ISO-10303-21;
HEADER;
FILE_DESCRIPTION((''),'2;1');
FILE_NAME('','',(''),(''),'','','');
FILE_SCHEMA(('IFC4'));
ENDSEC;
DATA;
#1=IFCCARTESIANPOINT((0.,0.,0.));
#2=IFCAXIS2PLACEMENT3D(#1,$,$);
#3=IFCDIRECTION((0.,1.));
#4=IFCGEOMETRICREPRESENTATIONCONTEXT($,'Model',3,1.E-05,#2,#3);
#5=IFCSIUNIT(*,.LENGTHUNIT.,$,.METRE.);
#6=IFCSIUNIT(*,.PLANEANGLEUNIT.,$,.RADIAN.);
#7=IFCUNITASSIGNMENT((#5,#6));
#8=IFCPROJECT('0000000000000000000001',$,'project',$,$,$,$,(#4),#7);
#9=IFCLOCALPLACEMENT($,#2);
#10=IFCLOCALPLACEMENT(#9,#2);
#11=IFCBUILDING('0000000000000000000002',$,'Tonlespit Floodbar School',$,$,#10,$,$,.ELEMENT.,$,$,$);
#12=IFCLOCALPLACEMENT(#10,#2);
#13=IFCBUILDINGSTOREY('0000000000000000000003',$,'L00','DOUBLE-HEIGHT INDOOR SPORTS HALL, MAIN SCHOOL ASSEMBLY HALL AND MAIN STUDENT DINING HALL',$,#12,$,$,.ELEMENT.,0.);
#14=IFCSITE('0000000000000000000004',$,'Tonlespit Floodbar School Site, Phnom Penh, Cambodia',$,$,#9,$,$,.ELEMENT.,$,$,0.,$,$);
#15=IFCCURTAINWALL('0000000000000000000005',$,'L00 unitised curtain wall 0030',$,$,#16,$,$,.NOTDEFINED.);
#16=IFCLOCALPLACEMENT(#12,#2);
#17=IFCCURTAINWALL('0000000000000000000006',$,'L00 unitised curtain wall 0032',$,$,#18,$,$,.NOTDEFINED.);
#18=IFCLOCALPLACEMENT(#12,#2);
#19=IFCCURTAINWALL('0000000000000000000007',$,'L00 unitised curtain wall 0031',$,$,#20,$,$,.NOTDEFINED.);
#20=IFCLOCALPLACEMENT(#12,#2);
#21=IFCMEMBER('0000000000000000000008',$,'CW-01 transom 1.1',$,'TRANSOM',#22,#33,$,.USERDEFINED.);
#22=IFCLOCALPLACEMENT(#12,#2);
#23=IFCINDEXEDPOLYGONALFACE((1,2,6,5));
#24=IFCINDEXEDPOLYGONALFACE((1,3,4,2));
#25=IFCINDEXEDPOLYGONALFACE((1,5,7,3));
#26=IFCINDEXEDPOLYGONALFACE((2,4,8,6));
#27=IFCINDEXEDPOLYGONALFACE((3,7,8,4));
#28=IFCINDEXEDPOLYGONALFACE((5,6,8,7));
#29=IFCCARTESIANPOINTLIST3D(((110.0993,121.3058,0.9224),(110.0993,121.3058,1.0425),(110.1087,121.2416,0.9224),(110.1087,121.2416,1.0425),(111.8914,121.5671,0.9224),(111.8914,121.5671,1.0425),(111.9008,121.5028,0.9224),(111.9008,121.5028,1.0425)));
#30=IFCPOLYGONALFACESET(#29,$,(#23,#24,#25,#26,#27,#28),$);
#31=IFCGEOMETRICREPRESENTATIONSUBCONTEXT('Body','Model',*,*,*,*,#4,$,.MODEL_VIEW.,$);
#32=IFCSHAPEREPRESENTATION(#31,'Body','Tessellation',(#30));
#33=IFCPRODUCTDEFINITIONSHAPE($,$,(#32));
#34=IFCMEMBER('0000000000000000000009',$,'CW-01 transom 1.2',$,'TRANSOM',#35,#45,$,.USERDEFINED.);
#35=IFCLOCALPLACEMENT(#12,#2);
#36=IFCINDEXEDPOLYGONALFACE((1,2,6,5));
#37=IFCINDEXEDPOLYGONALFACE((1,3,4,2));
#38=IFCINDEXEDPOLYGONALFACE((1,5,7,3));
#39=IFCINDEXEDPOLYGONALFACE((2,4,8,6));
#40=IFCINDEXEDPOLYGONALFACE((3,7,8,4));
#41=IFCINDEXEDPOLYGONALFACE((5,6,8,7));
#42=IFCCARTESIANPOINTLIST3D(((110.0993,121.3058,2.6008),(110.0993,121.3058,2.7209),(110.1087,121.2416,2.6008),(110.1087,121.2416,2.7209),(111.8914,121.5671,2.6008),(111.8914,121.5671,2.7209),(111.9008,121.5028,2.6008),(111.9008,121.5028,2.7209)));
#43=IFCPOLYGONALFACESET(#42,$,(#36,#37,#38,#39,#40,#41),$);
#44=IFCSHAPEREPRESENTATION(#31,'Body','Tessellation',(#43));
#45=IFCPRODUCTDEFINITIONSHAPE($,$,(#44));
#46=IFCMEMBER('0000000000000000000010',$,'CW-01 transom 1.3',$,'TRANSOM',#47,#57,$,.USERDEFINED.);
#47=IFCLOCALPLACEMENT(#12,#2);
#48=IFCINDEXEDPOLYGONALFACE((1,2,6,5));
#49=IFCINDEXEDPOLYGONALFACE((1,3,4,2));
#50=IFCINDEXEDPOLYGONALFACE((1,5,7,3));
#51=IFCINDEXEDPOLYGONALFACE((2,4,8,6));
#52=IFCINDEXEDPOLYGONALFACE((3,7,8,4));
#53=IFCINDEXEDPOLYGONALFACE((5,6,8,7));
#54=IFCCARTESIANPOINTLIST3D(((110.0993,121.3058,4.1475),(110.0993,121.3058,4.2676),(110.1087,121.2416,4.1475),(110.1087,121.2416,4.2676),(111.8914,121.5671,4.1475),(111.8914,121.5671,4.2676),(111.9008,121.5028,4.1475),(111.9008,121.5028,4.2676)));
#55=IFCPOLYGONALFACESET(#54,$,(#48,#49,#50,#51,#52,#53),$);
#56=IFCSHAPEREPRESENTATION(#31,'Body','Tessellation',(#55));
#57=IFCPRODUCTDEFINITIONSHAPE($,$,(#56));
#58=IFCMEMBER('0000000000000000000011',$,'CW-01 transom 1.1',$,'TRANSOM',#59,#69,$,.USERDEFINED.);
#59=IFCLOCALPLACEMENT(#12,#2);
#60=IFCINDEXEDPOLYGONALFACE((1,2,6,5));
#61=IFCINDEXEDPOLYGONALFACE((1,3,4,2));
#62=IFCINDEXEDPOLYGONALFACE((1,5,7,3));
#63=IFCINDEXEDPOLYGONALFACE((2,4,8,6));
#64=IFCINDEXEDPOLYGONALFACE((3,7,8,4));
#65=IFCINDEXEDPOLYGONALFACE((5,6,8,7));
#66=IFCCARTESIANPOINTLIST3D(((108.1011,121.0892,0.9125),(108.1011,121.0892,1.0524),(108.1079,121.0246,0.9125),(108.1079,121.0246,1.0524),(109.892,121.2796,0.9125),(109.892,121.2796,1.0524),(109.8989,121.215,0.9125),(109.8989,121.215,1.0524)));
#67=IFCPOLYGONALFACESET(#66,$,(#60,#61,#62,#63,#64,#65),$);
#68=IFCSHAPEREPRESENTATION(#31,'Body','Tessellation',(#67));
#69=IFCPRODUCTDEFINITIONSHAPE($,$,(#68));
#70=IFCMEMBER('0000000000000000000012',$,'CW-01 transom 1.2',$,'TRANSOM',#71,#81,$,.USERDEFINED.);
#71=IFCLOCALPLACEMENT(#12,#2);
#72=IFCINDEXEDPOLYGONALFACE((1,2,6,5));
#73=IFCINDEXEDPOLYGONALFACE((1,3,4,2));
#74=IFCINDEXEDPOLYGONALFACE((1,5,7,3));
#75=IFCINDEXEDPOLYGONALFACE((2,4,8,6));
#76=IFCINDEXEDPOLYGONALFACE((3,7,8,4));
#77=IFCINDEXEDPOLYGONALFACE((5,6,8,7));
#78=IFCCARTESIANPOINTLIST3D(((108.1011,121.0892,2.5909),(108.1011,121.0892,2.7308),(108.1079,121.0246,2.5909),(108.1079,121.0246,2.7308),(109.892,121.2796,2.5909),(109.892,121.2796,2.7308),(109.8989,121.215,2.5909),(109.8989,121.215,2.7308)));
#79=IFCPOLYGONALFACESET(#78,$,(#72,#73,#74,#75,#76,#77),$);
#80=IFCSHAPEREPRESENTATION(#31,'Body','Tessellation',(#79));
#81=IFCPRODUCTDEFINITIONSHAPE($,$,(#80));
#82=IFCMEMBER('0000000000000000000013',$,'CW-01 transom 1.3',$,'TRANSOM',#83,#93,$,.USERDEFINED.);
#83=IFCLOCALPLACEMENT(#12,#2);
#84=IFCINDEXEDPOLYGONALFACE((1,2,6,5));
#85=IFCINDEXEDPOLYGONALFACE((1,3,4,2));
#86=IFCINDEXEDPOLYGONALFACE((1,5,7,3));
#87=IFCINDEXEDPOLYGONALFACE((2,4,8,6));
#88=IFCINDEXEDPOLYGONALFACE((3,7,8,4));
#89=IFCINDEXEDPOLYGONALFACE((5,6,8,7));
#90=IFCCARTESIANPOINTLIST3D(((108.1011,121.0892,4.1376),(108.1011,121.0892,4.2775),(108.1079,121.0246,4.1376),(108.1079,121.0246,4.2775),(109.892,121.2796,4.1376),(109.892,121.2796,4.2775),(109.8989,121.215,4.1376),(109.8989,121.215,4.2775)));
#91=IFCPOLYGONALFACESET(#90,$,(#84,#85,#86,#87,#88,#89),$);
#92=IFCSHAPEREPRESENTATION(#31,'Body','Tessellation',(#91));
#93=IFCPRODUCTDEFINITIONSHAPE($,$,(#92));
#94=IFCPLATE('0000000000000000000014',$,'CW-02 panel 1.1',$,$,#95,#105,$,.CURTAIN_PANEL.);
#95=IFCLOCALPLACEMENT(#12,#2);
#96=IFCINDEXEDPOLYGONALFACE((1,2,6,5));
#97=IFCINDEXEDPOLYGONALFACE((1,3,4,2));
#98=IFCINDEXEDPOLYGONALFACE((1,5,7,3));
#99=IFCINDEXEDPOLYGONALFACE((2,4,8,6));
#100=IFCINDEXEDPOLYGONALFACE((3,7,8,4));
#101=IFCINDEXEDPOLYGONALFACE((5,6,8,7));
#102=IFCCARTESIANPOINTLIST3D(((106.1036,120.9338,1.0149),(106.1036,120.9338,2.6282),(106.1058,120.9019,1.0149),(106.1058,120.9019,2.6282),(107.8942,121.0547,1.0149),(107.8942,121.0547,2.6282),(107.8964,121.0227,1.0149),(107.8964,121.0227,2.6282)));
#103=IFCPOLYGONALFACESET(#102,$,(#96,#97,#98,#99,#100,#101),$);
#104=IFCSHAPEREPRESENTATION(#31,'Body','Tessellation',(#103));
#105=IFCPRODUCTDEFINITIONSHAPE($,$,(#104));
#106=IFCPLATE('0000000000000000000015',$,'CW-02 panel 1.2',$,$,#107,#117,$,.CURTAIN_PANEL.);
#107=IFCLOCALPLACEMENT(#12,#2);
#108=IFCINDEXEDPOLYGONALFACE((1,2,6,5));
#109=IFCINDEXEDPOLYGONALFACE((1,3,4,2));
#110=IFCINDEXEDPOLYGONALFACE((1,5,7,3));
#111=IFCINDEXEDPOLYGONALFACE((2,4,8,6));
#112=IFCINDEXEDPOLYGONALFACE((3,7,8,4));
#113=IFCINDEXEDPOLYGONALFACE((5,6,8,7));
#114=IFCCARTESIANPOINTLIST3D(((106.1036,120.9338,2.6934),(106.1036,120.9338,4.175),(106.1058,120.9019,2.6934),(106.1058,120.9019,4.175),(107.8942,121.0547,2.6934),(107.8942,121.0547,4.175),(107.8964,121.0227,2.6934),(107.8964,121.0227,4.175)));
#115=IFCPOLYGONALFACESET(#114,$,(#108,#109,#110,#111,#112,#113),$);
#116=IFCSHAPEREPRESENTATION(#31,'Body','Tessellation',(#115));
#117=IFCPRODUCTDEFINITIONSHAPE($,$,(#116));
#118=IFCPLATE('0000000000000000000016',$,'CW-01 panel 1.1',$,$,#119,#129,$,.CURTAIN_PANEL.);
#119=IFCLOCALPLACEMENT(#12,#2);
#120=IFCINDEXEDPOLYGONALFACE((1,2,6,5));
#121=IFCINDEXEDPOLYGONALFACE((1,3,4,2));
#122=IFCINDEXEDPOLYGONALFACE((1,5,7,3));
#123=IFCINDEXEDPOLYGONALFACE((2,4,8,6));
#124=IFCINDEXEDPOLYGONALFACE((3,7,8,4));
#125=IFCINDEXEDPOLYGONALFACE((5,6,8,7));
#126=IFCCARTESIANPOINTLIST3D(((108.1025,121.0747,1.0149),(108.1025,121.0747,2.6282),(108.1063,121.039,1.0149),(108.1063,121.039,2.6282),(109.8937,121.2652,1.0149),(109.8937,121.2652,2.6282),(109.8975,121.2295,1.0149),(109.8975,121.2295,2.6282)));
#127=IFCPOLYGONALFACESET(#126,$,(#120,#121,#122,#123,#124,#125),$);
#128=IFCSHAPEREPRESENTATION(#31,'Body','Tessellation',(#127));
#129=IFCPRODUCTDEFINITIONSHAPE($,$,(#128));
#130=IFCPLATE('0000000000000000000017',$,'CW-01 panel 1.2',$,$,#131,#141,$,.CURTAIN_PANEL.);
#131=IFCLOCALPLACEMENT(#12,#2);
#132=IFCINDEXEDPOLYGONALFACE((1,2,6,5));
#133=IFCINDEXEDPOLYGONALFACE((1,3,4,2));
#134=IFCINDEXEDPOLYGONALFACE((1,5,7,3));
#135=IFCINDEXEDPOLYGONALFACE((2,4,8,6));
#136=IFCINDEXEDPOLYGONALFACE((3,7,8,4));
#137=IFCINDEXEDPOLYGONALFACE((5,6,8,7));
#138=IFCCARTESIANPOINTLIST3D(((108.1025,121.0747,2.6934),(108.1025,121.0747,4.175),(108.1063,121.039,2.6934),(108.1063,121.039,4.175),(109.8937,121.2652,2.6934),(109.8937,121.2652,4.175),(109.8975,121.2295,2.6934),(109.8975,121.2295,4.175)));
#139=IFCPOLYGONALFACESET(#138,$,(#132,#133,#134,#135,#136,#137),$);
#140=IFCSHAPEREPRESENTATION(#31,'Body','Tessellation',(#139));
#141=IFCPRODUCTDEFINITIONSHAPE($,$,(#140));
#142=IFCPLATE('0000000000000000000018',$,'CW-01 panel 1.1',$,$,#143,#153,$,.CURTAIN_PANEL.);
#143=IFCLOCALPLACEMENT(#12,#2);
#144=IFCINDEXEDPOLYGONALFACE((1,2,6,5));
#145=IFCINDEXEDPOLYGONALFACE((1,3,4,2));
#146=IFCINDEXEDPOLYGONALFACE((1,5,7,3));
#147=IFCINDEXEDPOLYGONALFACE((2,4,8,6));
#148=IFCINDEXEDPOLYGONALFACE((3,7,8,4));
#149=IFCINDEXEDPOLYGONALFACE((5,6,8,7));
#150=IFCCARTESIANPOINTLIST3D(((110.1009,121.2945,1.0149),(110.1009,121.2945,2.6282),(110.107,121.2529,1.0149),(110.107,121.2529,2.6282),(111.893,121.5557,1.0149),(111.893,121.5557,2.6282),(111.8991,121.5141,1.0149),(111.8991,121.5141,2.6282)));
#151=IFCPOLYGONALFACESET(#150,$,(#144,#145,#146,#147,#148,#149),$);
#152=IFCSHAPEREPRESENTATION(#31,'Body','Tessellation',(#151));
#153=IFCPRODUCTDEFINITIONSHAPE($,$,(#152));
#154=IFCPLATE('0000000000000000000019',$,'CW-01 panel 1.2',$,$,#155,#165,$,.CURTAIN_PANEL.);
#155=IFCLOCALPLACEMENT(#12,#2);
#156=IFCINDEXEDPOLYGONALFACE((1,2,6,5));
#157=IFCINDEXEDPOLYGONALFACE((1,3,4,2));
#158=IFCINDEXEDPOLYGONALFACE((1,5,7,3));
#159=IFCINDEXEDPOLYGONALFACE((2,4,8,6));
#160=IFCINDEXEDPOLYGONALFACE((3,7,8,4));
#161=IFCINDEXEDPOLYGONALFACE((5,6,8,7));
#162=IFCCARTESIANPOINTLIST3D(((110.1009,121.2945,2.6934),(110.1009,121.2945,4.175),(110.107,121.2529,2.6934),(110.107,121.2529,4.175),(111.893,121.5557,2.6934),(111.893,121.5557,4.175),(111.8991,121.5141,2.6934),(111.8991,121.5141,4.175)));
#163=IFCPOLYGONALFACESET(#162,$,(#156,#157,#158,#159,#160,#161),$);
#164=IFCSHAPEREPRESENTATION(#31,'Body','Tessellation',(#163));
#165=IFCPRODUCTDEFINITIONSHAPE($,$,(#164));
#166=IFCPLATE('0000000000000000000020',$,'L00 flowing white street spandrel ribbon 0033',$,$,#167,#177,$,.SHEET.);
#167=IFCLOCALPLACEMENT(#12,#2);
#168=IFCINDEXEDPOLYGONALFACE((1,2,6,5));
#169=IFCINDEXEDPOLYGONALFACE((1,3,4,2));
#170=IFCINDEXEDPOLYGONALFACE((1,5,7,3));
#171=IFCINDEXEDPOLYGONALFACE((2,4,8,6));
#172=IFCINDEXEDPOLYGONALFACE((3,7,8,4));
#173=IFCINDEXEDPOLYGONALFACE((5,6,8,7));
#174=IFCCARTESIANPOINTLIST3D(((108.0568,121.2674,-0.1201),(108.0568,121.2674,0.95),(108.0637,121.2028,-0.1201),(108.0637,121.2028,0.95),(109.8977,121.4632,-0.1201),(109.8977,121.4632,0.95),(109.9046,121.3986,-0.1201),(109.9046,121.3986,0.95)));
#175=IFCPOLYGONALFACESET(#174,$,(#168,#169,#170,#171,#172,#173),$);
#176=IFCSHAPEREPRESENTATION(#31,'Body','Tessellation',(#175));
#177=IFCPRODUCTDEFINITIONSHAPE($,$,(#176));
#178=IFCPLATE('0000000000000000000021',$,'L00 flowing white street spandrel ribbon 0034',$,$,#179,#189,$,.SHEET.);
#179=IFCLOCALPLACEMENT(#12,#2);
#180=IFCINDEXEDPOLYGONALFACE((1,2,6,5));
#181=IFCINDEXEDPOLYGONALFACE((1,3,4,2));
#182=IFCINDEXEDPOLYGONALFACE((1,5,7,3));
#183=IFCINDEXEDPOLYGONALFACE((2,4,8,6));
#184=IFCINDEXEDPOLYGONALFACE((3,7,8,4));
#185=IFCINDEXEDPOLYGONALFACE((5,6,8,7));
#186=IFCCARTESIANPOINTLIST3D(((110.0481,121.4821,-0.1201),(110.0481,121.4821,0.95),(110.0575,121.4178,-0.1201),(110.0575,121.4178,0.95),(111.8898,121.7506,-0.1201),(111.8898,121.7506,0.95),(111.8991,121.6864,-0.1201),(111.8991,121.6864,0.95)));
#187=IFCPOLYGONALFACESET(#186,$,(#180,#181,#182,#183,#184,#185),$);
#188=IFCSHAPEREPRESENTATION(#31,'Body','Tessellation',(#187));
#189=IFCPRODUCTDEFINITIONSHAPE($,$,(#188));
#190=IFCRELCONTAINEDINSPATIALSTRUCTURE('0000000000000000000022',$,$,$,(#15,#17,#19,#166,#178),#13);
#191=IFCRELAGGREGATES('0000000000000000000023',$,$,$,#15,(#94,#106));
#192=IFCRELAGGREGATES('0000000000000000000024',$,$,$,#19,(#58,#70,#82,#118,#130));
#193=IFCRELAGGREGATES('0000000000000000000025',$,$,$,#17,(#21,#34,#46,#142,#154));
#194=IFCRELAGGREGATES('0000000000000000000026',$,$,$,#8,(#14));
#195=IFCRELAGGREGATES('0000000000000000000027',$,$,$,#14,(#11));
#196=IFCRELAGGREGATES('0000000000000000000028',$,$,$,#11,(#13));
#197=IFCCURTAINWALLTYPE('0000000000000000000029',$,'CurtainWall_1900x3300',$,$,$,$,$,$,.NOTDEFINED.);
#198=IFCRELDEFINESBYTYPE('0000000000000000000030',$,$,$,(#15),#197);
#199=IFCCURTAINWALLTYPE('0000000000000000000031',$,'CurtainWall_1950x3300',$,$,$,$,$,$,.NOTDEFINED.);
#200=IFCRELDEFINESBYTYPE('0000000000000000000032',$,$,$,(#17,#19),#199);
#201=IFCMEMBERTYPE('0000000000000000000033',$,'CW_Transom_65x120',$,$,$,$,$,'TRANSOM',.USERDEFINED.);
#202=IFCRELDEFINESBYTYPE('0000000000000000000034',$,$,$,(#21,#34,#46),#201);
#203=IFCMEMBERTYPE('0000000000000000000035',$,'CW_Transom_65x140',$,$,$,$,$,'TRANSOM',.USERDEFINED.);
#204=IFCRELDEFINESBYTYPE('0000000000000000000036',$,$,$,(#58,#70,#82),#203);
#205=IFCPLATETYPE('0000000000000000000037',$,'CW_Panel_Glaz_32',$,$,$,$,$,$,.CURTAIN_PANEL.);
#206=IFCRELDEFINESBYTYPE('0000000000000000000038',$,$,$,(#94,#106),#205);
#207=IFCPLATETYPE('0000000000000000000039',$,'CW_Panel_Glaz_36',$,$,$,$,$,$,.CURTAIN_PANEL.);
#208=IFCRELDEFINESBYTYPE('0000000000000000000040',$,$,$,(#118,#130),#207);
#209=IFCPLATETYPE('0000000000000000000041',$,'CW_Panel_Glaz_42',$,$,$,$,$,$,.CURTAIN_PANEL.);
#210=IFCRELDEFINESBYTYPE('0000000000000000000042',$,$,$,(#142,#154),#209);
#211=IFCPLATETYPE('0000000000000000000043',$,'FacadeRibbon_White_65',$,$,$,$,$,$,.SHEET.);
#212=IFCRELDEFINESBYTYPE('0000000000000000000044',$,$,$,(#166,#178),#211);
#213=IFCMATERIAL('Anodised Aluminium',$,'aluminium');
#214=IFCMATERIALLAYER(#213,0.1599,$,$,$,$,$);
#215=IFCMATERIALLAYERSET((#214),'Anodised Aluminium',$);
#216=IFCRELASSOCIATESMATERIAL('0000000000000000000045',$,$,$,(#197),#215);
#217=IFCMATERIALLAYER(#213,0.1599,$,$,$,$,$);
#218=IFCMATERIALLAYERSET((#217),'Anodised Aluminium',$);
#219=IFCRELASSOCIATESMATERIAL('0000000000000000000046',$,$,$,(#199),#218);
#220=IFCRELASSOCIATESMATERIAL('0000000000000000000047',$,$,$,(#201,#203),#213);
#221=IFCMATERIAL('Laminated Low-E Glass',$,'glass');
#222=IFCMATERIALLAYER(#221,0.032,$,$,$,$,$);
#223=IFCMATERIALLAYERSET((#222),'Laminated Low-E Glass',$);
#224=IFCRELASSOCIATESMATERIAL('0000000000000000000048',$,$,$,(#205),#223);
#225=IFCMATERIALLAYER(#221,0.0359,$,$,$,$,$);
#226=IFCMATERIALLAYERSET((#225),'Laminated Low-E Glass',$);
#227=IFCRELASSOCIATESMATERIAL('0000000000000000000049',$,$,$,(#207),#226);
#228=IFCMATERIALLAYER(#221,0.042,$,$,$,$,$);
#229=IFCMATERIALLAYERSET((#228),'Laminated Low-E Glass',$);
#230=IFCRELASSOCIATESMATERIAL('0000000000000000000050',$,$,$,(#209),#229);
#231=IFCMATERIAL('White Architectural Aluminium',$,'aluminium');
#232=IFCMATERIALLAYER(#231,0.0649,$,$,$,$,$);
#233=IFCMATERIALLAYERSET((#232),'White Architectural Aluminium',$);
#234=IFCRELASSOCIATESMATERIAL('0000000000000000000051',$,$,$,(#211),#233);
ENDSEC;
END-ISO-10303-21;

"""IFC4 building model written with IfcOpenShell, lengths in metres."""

from ifc_helpers import new_model, si_unit, direction, frame, origin, origin_2d, place, context, subcontext, project, spatial, rectangle, extrude, material, layer, layer_set, material_profile, profile_set, type_object, element, aggregate, save


model = new_model("IFC4")

# Units and contexts
model_context = context("Model", 3, precision=1e-05, world=origin(), true_north=direction((0.0, 1.0)))
body_context = subcontext(model_context, "Body", "Model", "MODEL_VIEW")
ifc_project = project(units=[si_unit("LENGTHUNIT", "METRE"), si_unit("PLANEANGLEUNIT", "RADIAN")], contexts=[model_context])

# Site, building, storey
site_placement = place(None, origin())
site = spatial("IfcSite", under=ifc_project, at=site_placement, Name="Tonlespit Floodbar School Site, Phnom Penh, Cambodia", CompositionType="ELEMENT", RefElevation=0.0)
building_placement = place(site_placement, origin())
building = spatial("IfcBuilding", under=site, at=building_placement, Name="Tonlespit Floodbar School", CompositionType="ELEMENT")
storey_placement = place(building_placement, origin())
storey = spatial("IfcBuildingStorey", under=building, at=storey_placement, Name="L00", Description="DOUBLE-HEIGHT INDOOR SPORTS HALL, MAIN SCHOOL ASSEMBLY HALL AND MAIN STUDENT DINING HALL", CompositionType="ELEMENT", Elevation=0.0)

# Curtain walls
ifc_material_1 = material(Name="Anodised Aluminium", Category="aluminium")
ifc_layer_1 = layer(ifc_material_1, 0.1599)
ifc_layer_set_1 = layer_set([ifc_layer_1], Name="Anodised Aluminium")
curtain_wall_type_1 = type_object("IfcCurtainWallType", Name="CurtainWall_1900x3300", PredefinedType="NOTDEFINED", material=ifc_layer_set_1)
curtain_wall_1_placement = place(storey_placement, origin())
curtain_wall_1 = element("IfcCurtainWall", 1, at=curtain_wall_1_placement, inside=storey, type_object=curtain_wall_type_1, Name="L00 unitised curtain wall 0030", PredefinedType="NOTDEFINED")
ifc_layer_2 = layer(ifc_material_1, 0.1599)
ifc_layer_set_2 = layer_set([ifc_layer_2], Name="Anodised Aluminium")
curtain_wall_type_2 = type_object("IfcCurtainWallType", Name="CurtainWall_1950x3300", PredefinedType="NOTDEFINED", material=ifc_layer_set_2)
curtain_wall_2_placement = place(storey_placement, origin())
curtain_wall_2 = element("IfcCurtainWall", 2, at=curtain_wall_2_placement, inside=storey, type_object=curtain_wall_type_2, Name="L00 unitised curtain wall 0032", PredefinedType="NOTDEFINED")

# Curtain wall
curtain_wall_3_placement = place(storey_placement, origin())
curtain_wall_3 = element("IfcCurtainWall", 3, at=curtain_wall_3_placement, inside=storey, type_object=curtain_wall_type_2, Name="L00 unitised curtain wall 0031", PredefinedType="NOTDEFINED")

# Members
ifc_material_profile_1 = material_profile(ifc_material_1, rectangle(XDim=0.0649, YDim=0.1201, at=origin_2d()), Name="ALU T65x120")
ifc_profile_set_1 = profile_set([ifc_material_profile_1], Name="Anodised Aluminium")
member_type_1 = type_object("IfcMemberType", Name="CW_Transom_65x120", ElementType="TRANSOM", PredefinedType="USERDEFINED", material=ifc_profile_set_1)
member_1_placement = place(storey_placement, frame((110.104, 121.2737, 0.9824), z_axis=(0.989541, 0.144252, 0.0), x_axis=(-0.144252, 0.989541, 0.0)))
member_1 = element("IfcMember", 4, at=member_1_placement, type_object=member_type_1, Name="CW-01 transom 1.1", ObjectType="TRANSOM", PredefinedType="USERDEFINED", context=body_context, shape_type="SweptSolid", body=[
    extrude(rectangle(XDim=0.0649, YDim=0.1201, at=origin_2d()), origin(), (0.0, 0.0, 1.0), 1.811),
])
member_2_placement = place(storey_placement, frame((110.104, 121.2737, 2.6609), z_axis=(0.989541, 0.144252, 0.0), x_axis=(-0.144252, 0.989541, 0.0)))
member_2 = element("IfcMember", 5, at=member_2_placement, type_object=member_type_1, Name="CW-01 transom 1.2", ObjectType="TRANSOM", PredefinedType="USERDEFINED", context=body_context, shape_type="SweptSolid", body=[
    extrude(rectangle(XDim=0.0649, YDim=0.1201, at=origin_2d()), origin(), (0.0, 0.0, 1.0), 1.811),
])
member_3_placement = place(storey_placement, frame((110.104, 121.2737, 4.2075), z_axis=(0.989541, 0.144252, 0.0), x_axis=(-0.144252, 0.989541, 0.0)))
member_3 = element("IfcMember", 6, at=member_3_placement, type_object=member_type_1, Name="CW-01 transom 1.3", ObjectType="TRANSOM", PredefinedType="USERDEFINED", context=body_context, shape_type="SweptSolid", body=[
    extrude(rectangle(XDim=0.0649, YDim=0.1201, at=origin_2d()), origin(), (0.0, 0.0, 1.0), 1.811),
])
ifc_material_profile_2 = material_profile(ifc_material_1, rectangle(XDim=0.0649, YDim=0.1399, at=origin_2d()), Name="ALU T65x140")
ifc_profile_set_2 = profile_set([ifc_material_profile_2], Name="Anodised Aluminium")
member_type_2 = type_object("IfcMemberType", Name="CW_Transom_65x140", ElementType="TRANSOM", PredefinedType="USERDEFINED", material=ifc_profile_set_2)
member_4_placement = place(storey_placement, frame((108.1045, 121.0569, 0.9824), z_axis=(0.994395, 0.105729, 0.0), x_axis=(-0.105729, 0.994395, 0.0)))
member_4 = element("IfcMember", 7, at=member_4_placement, type_object=member_type_2, Name="CW-01 transom 1.1", ObjectType="TRANSOM", PredefinedType="USERDEFINED", context=body_context, shape_type="SweptSolid", body=[
    extrude(rectangle(XDim=0.0649, YDim=0.1399, at=origin_2d()), origin(), (0.0, 0.0, 1.0), 1.801),
])
member_5_placement = place(storey_placement, frame((108.1045, 121.0569, 2.6609), z_axis=(0.994395, 0.105729, 0.0), x_axis=(-0.105729, 0.994395, 0.0)))
member_5 = element("IfcMember", 8, at=member_5_placement, type_object=member_type_2, Name="CW-01 transom 1.2", ObjectType="TRANSOM", PredefinedType="USERDEFINED", context=body_context, shape_type="SweptSolid", body=[
    extrude(rectangle(XDim=0.0649, YDim=0.1399, at=origin_2d()), origin(), (0.0, 0.0, 1.0), 1.801),
])
member_6_placement = place(storey_placement, frame((108.1045, 121.0569, 4.2075), z_axis=(0.994395, 0.105729, 0.0), x_axis=(-0.105729, 0.994395, 0.0)))
member_6 = element("IfcMember", 9, at=member_6_placement, type_object=member_type_2, Name="CW-01 transom 1.3", ObjectType="TRANSOM", PredefinedType="USERDEFINED", context=body_context, shape_type="SweptSolid", body=[
    extrude(rectangle(XDim=0.0649, YDim=0.1399, at=origin_2d()), origin(), (0.0, 0.0, 1.0), 1.801),
])

# Plates
ifc_material_2 = material(Name="Laminated Low-E Glass", Category="glass")
ifc_layer_3 = layer(ifc_material_2, 0.032)
ifc_layer_set_3 = layer_set([ifc_layer_3], Name="Laminated Low-E Glass")
plate_type_1 = type_object("IfcPlateType", Name="CW_Panel_Glaz_32", PredefinedType="CURTAIN_PANEL", material=ifc_layer_set_3)
plate_1_placement = place(storey_placement, frame((107.0, 120.9783, 1.0149), z_axis=(0.0, 0.0, 1.0), x_axis=(0.99773, 0.06734, 0.0)))
plate_1 = element("IfcPlate", 10, at=plate_1_placement, type_object=plate_type_1, Name="CW-02 panel 1.1", PredefinedType="CURTAIN_PANEL", context=body_context, shape_type="SweptSolid", body=[
    extrude(rectangle(XDim=1.7947, YDim=0.032, at=origin_2d()), origin(), (0.0, 0.0, 1.0), 1.6133),
])
plate_2_placement = place(storey_placement, frame((107.0, 120.9783, 2.6934), z_axis=(0.0, 0.0, 1.0), x_axis=(0.99773, 0.06734, 0.0)))
plate_2 = element("IfcPlate", 11, at=plate_2_placement, type_object=plate_type_1, Name="CW-02 panel 1.2", PredefinedType="CURTAIN_PANEL", context=body_context, shape_type="SweptSolid", body=[
    extrude(rectangle(XDim=1.7947, YDim=0.032, at=origin_2d()), origin(), (0.0, 0.0, 1.0), 1.4817),
])
aggregate(curtain_wall_1, [plate_1, plate_2])
ifc_layer_4 = layer(ifc_material_2, 0.0359)
ifc_layer_set_4 = layer_set([ifc_layer_4], Name="Laminated Low-E Glass")
plate_type_2 = type_object("IfcPlateType", Name="CW_Panel_Glaz_36", PredefinedType="CURTAIN_PANEL", material=ifc_layer_set_4)
plate_3_placement = place(storey_placement, frame((109.0, 121.1521, 1.0149), z_axis=(0.0, 0.0, 1.0), x_axis=(0.994389, 0.105787, 0.0)))
plate_3 = element("IfcPlate", 12, at=plate_3_placement, type_object=plate_type_2, Name="CW-01 panel 1.1", PredefinedType="CURTAIN_PANEL", context=body_context, shape_type="SweptSolid", body=[
    extrude(rectangle(XDim=1.8013, YDim=0.0359, at=origin_2d()), origin(), (0.0, 0.0, 1.0), 1.6133),
])
plate_4_placement = place(storey_placement, frame((109.0, 121.1521, 2.6934), z_axis=(0.0, 0.0, 1.0), x_axis=(0.994389, 0.105787, 0.0)))
plate_4 = element("IfcPlate", 13, at=plate_4_placement, type_object=plate_type_2, Name="CW-01 panel 1.2", PredefinedType="CURTAIN_PANEL", context=body_context, shape_type="SweptSolid", body=[
    extrude(rectangle(XDim=1.8013, YDim=0.0359, at=origin_2d()), origin(), (0.0, 0.0, 1.0), 1.4817),
])
aggregate(curtain_wall_3, [member_4, member_5, member_6, plate_3, plate_4])
ifc_layer_5 = layer(ifc_material_2, 0.042)
ifc_layer_set_5 = layer_set([ifc_layer_5], Name="Laminated Low-E Glass")
plate_type_3 = type_object("IfcPlateType", Name="CW_Panel_Glaz_42", PredefinedType="CURTAIN_PANEL", material=ifc_layer_set_5)
plate_5_placement = place(storey_placement, frame((111.0, 121.4043, 1.0149), z_axis=(0.0, 0.0, 1.0), x_axis=(0.989542, 0.144248, 0.0)))
plate_5 = element("IfcPlate", 14, at=plate_5_placement, type_object=plate_type_3, Name="CW-01 panel 1.1", PredefinedType="CURTAIN_PANEL", context=body_context, shape_type="SweptSolid", body=[
    extrude(rectangle(XDim=1.811, YDim=0.042, at=origin_2d()), origin(), (0.0, 0.0, 1.0), 1.6133),
])
plate_6_placement = place(storey_placement, frame((111.0, 121.4043, 2.6934), z_axis=(0.0, 0.0, 1.0), x_axis=(0.989542, 0.144248, 0.0)))
plate_6 = element("IfcPlate", 15, at=plate_6_placement, type_object=plate_type_3, Name="CW-01 panel 1.2", PredefinedType="CURTAIN_PANEL", context=body_context, shape_type="SweptSolid", body=[
    extrude(rectangle(XDim=1.811, YDim=0.042, at=origin_2d()), origin(), (0.0, 0.0, 1.0), 1.4817),
])
aggregate(curtain_wall_2, [member_1, member_2, member_3, plate_5, plate_6])

# Plates
ifc_material_3 = material(Name="White Architectural Aluminium", Category="aluminium")
ifc_layer_6 = layer(ifc_material_3, 0.0649)
ifc_layer_set_6 = layer_set([ifc_layer_6], Name="White Architectural Aluminium")
plate_type_4 = type_object("IfcPlateType", Name="FacadeRibbon_White_65", PredefinedType="SHEET", material=ifc_layer_set_6)
plate_7_placement = place(storey_placement, frame((108.9807, 121.333, -0.1201), z_axis=(0.0, 0.0, 1.0), x_axis=(0.994392, 0.105754, 0.0)))
element("IfcPlate", 16, at=plate_7_placement, inside=storey, type_object=plate_type_4, Name="L00 flowing white street spandrel ribbon 0033", PredefinedType="SHEET", context=body_context, shape_type="SweptSolid", body=[
    extrude(rectangle(XDim=1.8513, YDim=0.0649, at=origin_2d()), origin(), (0.0, 0.0, 1.0), 1.0701),
])
plate_8_placement = place(storey_placement, frame((110.9736, 121.5842, -0.1201), z_axis=(0.0, 0.0, 1.0), x_axis=(0.989538, 0.144275, 0.0)))
element("IfcPlate", 17, at=plate_8_placement, inside=storey, type_object=plate_type_4, Name="L00 flowing white street spandrel ribbon 0034", PredefinedType="SHEET", context=body_context, shape_type="SweptSolid", body=[
    extrude(rectangle(XDim=1.8611, YDim=0.0649, at=origin_2d()), origin(), (0.0, 0.0, 1.0), 1.0701),
])

save(model, "model.ifc")
